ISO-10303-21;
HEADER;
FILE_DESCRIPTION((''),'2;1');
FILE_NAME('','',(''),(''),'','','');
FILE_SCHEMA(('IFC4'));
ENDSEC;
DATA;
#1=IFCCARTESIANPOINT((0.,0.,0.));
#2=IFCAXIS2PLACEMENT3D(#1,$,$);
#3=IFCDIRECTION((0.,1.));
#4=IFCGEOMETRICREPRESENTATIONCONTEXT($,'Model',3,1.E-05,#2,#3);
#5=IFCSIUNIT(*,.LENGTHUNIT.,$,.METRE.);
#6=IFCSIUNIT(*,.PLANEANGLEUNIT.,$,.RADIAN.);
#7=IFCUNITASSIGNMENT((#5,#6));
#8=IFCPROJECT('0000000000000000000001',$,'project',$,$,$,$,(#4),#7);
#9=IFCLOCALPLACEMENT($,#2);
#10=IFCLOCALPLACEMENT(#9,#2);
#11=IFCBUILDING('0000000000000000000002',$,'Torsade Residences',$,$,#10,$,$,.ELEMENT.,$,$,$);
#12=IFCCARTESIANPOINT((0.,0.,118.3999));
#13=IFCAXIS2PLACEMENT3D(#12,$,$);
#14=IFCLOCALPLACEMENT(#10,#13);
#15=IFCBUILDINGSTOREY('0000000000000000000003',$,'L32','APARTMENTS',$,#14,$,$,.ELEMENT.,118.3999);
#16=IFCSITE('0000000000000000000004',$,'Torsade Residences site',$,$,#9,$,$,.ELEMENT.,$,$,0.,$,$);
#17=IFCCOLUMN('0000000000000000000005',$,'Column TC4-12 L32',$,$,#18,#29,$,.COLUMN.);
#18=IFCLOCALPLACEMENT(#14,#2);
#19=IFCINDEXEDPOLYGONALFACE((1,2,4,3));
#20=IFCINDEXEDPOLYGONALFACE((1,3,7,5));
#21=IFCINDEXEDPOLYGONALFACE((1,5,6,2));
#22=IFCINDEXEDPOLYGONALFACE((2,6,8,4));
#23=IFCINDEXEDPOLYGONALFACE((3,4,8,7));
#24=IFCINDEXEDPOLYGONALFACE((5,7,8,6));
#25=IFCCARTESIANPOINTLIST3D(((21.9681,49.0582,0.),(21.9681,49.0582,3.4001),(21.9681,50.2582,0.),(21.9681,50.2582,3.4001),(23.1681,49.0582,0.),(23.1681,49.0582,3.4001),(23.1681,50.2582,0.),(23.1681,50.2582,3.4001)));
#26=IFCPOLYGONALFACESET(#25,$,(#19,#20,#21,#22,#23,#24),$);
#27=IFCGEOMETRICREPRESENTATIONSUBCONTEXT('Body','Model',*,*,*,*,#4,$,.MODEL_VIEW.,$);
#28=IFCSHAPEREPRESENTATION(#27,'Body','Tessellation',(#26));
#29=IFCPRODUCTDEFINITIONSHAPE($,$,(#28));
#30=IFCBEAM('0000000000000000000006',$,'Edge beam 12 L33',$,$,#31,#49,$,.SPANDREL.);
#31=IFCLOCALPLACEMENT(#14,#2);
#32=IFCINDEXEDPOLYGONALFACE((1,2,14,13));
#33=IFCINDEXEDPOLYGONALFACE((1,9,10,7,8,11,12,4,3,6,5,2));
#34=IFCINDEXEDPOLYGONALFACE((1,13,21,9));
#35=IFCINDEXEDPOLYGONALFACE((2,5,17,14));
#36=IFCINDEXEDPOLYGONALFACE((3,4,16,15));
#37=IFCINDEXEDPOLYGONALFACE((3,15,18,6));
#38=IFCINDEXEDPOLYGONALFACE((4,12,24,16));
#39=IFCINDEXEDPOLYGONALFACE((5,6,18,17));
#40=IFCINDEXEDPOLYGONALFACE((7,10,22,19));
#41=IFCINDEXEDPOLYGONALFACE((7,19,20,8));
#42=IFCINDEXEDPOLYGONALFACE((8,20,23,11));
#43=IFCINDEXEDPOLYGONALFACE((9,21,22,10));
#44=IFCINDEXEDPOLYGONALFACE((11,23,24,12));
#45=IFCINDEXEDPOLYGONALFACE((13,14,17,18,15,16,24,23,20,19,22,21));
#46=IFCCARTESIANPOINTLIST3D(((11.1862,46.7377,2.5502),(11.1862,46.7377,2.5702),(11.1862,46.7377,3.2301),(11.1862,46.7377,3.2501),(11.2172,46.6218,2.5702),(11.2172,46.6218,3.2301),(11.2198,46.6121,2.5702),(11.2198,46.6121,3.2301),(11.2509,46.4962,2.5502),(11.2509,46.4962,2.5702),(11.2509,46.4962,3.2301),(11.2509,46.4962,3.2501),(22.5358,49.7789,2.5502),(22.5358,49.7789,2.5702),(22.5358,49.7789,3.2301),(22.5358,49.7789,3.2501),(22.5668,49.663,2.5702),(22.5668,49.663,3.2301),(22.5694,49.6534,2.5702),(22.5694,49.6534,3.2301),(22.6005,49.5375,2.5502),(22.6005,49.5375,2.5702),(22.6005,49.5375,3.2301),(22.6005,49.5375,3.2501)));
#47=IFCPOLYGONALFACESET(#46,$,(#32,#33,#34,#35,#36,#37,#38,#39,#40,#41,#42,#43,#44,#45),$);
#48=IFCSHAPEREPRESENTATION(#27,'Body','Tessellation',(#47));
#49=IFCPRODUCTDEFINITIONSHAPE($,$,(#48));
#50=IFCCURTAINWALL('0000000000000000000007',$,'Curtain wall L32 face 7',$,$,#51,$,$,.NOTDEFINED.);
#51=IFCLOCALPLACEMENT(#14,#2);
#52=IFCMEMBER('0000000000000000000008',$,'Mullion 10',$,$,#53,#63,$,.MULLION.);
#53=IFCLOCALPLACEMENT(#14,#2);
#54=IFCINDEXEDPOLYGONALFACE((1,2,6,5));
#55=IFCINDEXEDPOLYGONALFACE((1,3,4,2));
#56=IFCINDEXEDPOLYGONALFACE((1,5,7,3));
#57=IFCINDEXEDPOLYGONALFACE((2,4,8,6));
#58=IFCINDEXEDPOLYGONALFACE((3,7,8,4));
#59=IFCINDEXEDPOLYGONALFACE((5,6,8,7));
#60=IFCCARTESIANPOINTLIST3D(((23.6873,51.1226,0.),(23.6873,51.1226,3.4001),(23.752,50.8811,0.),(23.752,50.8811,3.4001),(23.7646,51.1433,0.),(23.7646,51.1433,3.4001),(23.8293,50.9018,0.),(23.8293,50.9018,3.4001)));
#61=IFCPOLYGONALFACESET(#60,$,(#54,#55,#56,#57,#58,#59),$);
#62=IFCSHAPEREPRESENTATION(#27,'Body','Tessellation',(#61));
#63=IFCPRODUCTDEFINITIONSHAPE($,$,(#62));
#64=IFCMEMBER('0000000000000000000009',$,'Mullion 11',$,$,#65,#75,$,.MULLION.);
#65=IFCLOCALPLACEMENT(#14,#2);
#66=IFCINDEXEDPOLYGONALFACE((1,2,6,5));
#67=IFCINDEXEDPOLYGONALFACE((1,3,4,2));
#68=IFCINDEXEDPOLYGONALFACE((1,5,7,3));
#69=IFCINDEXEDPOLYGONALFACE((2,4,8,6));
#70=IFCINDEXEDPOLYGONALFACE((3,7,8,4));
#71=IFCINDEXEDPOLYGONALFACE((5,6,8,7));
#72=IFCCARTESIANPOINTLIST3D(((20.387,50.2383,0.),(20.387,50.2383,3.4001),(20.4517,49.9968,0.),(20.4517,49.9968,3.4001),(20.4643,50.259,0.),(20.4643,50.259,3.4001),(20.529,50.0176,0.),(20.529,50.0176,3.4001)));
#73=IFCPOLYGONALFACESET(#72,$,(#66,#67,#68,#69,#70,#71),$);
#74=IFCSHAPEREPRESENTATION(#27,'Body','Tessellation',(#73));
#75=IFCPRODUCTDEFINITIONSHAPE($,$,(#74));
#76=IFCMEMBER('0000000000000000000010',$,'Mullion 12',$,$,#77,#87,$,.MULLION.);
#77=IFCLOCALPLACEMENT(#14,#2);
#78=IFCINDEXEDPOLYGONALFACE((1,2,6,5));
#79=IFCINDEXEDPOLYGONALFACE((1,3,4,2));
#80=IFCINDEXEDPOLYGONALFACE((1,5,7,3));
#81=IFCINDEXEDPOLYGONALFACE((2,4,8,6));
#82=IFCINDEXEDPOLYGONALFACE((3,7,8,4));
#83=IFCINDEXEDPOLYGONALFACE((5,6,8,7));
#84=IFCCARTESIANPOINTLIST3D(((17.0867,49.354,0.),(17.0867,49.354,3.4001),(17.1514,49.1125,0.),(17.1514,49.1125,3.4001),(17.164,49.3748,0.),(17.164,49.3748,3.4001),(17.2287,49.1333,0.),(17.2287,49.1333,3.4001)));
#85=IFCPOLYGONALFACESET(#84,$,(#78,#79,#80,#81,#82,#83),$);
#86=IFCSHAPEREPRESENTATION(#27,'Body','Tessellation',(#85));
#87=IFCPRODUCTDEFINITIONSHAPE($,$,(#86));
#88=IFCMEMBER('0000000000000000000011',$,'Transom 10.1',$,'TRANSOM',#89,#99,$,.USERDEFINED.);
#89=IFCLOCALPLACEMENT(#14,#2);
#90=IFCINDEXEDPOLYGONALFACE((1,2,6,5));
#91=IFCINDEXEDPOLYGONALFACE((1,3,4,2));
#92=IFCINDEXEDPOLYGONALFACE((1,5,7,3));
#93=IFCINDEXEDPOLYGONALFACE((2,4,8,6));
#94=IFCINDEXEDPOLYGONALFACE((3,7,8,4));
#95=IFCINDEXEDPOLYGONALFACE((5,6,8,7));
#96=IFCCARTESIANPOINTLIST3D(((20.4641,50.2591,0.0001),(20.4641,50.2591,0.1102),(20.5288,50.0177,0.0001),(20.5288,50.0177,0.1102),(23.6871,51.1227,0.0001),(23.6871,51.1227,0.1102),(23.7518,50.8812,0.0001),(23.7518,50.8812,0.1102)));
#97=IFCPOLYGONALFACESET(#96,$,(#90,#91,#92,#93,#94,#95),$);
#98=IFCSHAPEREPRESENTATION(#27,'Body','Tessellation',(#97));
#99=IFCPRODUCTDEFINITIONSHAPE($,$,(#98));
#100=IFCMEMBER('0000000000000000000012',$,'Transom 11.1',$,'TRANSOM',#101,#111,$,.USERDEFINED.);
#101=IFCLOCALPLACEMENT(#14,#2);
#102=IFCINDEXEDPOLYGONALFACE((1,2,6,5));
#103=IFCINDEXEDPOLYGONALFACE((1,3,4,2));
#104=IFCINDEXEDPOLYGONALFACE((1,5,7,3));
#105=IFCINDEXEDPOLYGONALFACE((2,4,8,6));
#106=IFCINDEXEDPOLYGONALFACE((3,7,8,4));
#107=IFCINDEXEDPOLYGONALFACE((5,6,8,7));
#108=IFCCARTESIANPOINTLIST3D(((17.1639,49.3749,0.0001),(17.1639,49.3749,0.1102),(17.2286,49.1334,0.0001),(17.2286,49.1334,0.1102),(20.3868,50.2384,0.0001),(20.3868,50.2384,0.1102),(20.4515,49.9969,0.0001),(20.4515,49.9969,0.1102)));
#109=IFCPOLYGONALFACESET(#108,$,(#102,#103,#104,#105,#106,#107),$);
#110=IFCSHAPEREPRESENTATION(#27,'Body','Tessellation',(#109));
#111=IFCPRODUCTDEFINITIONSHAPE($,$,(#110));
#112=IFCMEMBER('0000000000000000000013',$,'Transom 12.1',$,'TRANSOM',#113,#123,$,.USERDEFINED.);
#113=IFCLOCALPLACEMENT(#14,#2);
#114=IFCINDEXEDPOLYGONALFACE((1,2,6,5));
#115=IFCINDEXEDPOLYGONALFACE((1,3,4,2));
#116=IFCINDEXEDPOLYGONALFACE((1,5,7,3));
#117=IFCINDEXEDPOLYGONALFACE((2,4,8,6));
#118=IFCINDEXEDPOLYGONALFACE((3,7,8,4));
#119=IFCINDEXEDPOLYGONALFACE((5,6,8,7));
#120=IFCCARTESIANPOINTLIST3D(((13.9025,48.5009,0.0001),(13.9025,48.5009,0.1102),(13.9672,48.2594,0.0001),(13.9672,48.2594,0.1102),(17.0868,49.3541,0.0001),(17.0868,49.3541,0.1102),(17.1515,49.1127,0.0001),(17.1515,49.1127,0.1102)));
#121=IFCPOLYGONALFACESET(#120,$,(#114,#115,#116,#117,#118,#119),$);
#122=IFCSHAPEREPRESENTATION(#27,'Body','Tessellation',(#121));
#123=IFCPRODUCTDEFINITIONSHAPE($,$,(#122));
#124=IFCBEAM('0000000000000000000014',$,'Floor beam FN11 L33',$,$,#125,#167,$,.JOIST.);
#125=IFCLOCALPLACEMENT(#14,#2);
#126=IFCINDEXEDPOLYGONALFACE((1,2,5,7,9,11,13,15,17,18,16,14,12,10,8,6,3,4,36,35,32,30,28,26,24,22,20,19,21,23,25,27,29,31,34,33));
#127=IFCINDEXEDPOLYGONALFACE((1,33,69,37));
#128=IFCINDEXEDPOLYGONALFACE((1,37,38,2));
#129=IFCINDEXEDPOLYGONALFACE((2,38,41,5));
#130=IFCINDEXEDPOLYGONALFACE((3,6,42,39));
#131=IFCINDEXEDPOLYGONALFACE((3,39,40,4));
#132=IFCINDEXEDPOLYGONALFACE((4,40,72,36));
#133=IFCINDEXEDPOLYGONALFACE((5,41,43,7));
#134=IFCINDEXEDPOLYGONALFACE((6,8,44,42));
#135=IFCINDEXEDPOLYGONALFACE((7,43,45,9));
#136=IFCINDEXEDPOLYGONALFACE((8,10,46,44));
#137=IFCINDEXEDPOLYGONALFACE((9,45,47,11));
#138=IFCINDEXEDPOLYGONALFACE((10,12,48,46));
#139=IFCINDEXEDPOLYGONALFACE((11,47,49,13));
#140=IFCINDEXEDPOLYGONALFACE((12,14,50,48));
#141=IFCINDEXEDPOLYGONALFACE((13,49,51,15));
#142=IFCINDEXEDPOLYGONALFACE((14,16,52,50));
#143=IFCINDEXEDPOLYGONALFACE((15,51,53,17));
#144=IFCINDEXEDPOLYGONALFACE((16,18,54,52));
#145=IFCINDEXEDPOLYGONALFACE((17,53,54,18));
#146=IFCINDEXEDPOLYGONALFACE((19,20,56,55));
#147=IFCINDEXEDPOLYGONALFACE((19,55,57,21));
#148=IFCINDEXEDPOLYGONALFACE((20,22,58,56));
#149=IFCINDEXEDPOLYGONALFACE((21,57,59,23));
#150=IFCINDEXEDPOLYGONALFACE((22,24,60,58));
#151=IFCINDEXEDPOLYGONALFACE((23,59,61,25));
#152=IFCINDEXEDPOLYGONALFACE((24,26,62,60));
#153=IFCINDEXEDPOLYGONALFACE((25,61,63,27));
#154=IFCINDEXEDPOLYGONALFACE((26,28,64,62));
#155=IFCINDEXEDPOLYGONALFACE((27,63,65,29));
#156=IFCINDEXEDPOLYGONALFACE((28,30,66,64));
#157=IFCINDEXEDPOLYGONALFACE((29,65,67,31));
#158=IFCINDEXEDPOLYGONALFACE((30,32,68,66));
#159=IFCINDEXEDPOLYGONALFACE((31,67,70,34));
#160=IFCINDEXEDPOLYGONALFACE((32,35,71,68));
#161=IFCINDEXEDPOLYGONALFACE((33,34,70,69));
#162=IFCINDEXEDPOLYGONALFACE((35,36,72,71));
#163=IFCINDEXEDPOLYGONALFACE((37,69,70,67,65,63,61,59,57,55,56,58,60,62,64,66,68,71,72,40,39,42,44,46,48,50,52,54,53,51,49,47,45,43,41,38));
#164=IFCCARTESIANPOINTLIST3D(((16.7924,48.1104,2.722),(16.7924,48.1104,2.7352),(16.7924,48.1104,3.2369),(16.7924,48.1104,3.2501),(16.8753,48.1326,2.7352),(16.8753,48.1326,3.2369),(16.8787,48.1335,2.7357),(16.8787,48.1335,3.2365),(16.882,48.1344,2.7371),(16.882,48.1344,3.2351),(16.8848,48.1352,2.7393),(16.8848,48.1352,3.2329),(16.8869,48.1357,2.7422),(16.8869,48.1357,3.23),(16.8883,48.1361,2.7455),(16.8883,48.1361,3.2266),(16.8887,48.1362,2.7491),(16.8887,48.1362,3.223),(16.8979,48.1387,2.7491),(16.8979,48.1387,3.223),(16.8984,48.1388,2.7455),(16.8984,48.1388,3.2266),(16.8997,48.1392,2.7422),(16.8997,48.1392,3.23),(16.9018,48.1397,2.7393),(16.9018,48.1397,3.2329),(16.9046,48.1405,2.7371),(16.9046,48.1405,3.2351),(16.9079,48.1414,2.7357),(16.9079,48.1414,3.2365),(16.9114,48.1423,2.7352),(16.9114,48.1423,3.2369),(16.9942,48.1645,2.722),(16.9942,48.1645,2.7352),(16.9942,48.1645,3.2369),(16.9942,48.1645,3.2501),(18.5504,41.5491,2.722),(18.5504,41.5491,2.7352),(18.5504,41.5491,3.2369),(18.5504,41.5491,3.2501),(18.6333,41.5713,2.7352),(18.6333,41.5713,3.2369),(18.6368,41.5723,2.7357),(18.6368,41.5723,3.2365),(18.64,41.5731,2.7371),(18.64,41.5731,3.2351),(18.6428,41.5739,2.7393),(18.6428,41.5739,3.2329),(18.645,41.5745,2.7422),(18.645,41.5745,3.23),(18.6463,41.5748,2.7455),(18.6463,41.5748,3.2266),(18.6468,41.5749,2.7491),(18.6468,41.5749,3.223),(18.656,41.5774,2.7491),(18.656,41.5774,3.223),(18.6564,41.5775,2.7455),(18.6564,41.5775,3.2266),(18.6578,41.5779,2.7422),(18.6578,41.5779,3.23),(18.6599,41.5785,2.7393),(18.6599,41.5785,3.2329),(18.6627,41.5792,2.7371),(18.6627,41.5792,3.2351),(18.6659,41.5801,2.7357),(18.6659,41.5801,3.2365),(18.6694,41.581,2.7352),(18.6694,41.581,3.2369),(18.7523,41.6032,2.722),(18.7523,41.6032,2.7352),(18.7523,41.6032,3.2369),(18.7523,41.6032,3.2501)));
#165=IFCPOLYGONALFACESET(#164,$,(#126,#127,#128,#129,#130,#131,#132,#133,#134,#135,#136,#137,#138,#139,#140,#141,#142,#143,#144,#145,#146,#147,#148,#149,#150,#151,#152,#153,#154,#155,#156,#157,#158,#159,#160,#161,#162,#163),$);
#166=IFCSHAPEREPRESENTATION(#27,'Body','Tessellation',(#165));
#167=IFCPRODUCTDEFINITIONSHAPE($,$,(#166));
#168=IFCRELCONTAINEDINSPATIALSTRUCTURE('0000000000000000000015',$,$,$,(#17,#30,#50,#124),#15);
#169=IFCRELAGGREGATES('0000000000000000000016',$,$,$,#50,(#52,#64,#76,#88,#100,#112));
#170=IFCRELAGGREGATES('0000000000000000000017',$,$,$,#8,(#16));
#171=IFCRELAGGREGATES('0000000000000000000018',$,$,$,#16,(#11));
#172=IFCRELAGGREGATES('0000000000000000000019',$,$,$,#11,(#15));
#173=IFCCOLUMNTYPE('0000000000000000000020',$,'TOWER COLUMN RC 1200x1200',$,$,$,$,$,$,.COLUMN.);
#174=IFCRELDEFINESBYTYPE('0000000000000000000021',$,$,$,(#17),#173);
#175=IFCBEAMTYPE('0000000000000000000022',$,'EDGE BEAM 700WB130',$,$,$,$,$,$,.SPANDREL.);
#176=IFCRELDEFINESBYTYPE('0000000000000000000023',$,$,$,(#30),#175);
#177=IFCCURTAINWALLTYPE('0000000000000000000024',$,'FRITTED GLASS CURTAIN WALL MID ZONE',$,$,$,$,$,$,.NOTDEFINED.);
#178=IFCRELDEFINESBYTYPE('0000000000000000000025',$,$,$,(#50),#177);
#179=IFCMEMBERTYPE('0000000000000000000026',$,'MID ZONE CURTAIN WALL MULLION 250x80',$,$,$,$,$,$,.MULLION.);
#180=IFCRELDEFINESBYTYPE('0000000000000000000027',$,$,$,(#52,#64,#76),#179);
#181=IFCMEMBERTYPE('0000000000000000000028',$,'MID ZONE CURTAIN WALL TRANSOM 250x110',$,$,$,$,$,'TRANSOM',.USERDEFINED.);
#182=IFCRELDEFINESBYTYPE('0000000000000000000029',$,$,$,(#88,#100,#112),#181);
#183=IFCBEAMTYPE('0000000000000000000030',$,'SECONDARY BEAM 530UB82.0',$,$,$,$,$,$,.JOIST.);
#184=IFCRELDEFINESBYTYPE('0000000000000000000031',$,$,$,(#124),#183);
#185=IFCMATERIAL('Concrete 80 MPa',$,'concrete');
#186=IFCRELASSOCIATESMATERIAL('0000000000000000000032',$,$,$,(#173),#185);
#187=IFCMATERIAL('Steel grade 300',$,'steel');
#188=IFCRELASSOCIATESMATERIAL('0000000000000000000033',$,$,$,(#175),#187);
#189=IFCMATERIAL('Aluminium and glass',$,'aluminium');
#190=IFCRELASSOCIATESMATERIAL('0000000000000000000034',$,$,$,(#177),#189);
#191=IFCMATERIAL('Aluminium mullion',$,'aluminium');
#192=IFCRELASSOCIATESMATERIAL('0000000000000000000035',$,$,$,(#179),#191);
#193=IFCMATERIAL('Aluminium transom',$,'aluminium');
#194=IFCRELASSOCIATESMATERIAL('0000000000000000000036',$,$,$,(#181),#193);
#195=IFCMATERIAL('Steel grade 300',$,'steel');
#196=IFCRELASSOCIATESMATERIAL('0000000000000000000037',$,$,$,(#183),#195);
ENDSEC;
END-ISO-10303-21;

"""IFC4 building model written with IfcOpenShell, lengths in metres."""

from ifc_helpers import new_model, si_unit, direction, frame, origin, origin_2d, place, context, subcontext, project, spatial, rectangle, i_section, extrude, material, material_profile, profile_set, type_object, element, aggregate, save


model = new_model("IFC4")

# Units and contexts
model_context = context("Model", 3, precision=1e-05, world=origin(), true_north=direction((0.0, 1.0)))
body_context = subcontext(model_context, "Body", "Model", "MODEL_VIEW")
ifc_project = project(units=[si_unit("LENGTHUNIT", "METRE"), si_unit("PLANEANGLEUNIT", "RADIAN")], contexts=[model_context])

# Site, building, storey
site_placement = place(None, origin())
site = spatial("IfcSite", under=ifc_project, at=site_placement, Name="Torsade Residences site", CompositionType="ELEMENT", RefElevation=0.0)
building_placement = place(site_placement, origin())
building = spatial("IfcBuilding", under=site, at=building_placement, Name="Torsade Residences", CompositionType="ELEMENT")
storey_placement = place(building_placement, frame((0.0, 0.0, 118.3999)))
storey = spatial("IfcBuildingStorey", under=building, at=storey_placement, Name="L32", Description="APARTMENTS", CompositionType="ELEMENT", Elevation=118.3999)

# Column
ifc_material_1 = material(Name="Concrete 80 MPa", Category="concrete")
ifc_material_profile_1 = material_profile(ifc_material_1, rectangle(XDim=1.2, YDim=1.2, at=origin_2d()), Name="RC 1200x1200")
ifc_profile_set_1 = profile_set([ifc_material_profile_1], Name="Concrete 80 MPa")
column_type = type_object("IfcColumnType", Name="TOWER COLUMN RC 1200x1200", PredefinedType="COLUMN", material=ifc_profile_set_1)
column_placement = place(storey_placement, frame((22.5681, 49.6582, 0.0), z_axis=(0.0, 0.0, 1.0), x_axis=(1.0, 0.0, 0.0)))
element("IfcColumn", 1, at=column_placement, inside=storey, type_object=column_type, Name="Column TC4-12 L32", PredefinedType="COLUMN", context=body_context, shape_type="SweptSolid", body=[
    extrude(rectangle(XDim=1.2, YDim=1.2, at=origin_2d()), origin(), (0.0, 0.0, 1.0), 3.4001),
])

# Beam
ifc_material_2 = material(Name="Steel grade 300", Category="steel")
ifc_material_profile_2 = material_profile(ifc_material_2, i_section(OverallWidth=0.25, OverallDepth=0.7, WebThickness=0.01, FlangeThickness=0.02, at=origin_2d()), Name="700WB130")
ifc_profile_set_2 = profile_set([ifc_material_profile_2], Name="Steel grade 300")
beam_type_1 = type_object("IfcBeamType", Name="EDGE BEAM 700WB130", PredefinedType="SPANDREL", material=ifc_profile_set_2)
beam_1_placement = place(storey_placement, frame((22.5681, 49.6582, 2.9001), z_axis=(-0.965923, -0.25883, 0.0), x_axis=(0.25883, -0.965923, 0.0)))
element("IfcBeam", 2, at=beam_1_placement, inside=storey, type_object=beam_type_1, Name="Edge beam 12 L33", PredefinedType="SPANDREL", context=body_context, shape_type="SweptSolid", body=[
    extrude(i_section(OverallWidth=0.25, OverallDepth=0.7, WebThickness=0.01, FlangeThickness=0.02, at=origin_2d()), origin(), (0.0, 0.0, 1.0), 11.75),
])

# Curtain wall, members
ifc_material_3 = material(Name="Aluminium and glass", Category="aluminium")
curtain_wall_type = type_object("IfcCurtainWallType", Name="FRITTED GLASS CURTAIN WALL MID ZONE", PredefinedType="NOTDEFINED", material=ifc_material_3)
curtain_wall_placement = place(storey_placement, origin())
curtain_wall = element("IfcCurtainWall", 3, at=curtain_wall_placement, inside=storey, type_object=curtain_wall_type, Name="Curtain wall L32 face 7", PredefinedType="NOTDEFINED")
ifc_material_4 = material(Name="Aluminium mullion", Category="aluminium")
ifc_material_profile_3 = material_profile(ifc_material_4, rectangle(XDim=0.25, YDim=0.0801, at=origin_2d()), Name="MID ZONE CURTAIN WALL MULLION 250x80")
ifc_profile_set_3 = profile_set([ifc_material_profile_3], Name="Aluminium mullion")
member_type_1 = type_object("IfcMemberType", Name="MID ZONE CURTAIN WALL MULLION 250x80", PredefinedType="MULLION", material=ifc_profile_set_3)
member_1_placement = place(storey_placement, frame((23.7583, 51.0122, 0.0), z_axis=(0.0, 0.0, 1.0), x_axis=(0.258819, -0.965926, 0.0)))
member_1 = element("IfcMember", 4, at=member_1_placement, type_object=member_type_1, Name="Mullion 10", PredefinedType="MULLION", context=body_context, shape_type="SweptSolid", body=[
    extrude(rectangle(XDim=0.25, YDim=0.0801, at=origin_2d()), origin(), (0.0, 0.0, 1.0), 3.4001),
])
member_2_placement = place(storey_placement, frame((20.458, 50.1279, 0.0), z_axis=(0.0, 0.0, 1.0), x_axis=(0.258819, -0.965926, 0.0)))
member_2 = element("IfcMember", 5, at=member_2_placement, type_object=member_type_1, Name="Mullion 11", PredefinedType="MULLION", context=body_context, shape_type="SweptSolid", body=[
    extrude(rectangle(XDim=0.25, YDim=0.0801, at=origin_2d()), origin(), (0.0, 0.0, 1.0), 3.4001),
])
member_3_placement = place(storey_placement, frame((17.1577, 49.2437, 0.0), z_axis=(0.0, 0.0, 1.0), x_axis=(0.258819, -0.965926, 0.0)))
member_3 = element("IfcMember", 6, at=member_3_placement, type_object=member_type_1, Name="Mullion 12", PredefinedType="MULLION", context=body_context, shape_type="SweptSolid", body=[
    extrude(rectangle(XDim=0.25, YDim=0.0801, at=origin_2d()), origin(), (0.0, 0.0, 1.0), 3.4001),
])
ifc_material_5 = material(Name="Aluminium transom", Category="aluminium")
ifc_material_profile_4 = material_profile(ifc_material_5, rectangle(XDim=0.25, YDim=0.1101, at=origin_2d()), Name="MID ZONE CURTAIN WALL TRANSOM 250x110")
ifc_profile_set_4 = profile_set([ifc_material_profile_4], Name="Aluminium transom")
member_type_2 = type_object("IfcMemberType", Name="MID ZONE CURTAIN WALL TRANSOM 250x110", ElementType="TRANSOM", PredefinedType="USERDEFINED", material=ifc_profile_set_4)
member_4_placement = place(storey_placement, frame((23.7195, 51.002, 0.0552), z_axis=(-0.965929, -0.258806, 0.0), x_axis=(0.258806, -0.965929, 0.0)))
member_4 = element("IfcMember", 7, at=member_4_placement, type_object=member_type_2, Name="Transom 10.1", ObjectType="TRANSOM", PredefinedType="USERDEFINED", context=body_context, shape_type="SweptSolid", body=[
    extrude(rectangle(XDim=0.25, YDim=0.1101, at=origin_2d()), origin(), (0.0, 0.0, 1.0), 3.3367),
])
member_5_placement = place(storey_placement, frame((20.4192, 50.1177, 0.0552), z_axis=(-0.965929, -0.258806, 0.0), x_axis=(0.258806, -0.965929, 0.0)))
member_5 = element("IfcMember", 8, at=member_5_placement, type_object=member_type_2, Name="Transom 11.1", ObjectType="TRANSOM", PredefinedType="USERDEFINED", context=body_context, shape_type="SweptSolid", body=[
    extrude(rectangle(XDim=0.25, YDim=0.1101, at=origin_2d()), origin(), (0.0, 0.0, 1.0), 3.3367),
])
member_6_placement = place(storey_placement, frame((17.1191, 49.2334, 0.0552), z_axis=(-0.965923, -0.258829, 0.0), x_axis=(0.258829, -0.965923, 0.0)))
member_6 = element("IfcMember", 9, at=member_6_placement, type_object=member_type_2, Name="Transom 12.1", ObjectType="TRANSOM", PredefinedType="USERDEFINED", context=body_context, shape_type="SweptSolid", body=[
    extrude(rectangle(XDim=0.25, YDim=0.1101, at=origin_2d()), origin(), (0.0, 0.0, 1.0), 3.2966),
])

# Beam
ifc_material_6 = material(Name="Steel grade 300", Category="steel")
ifc_material_profile_5 = material_profile(ifc_material_6, i_section(OverallWidth=0.209, OverallDepth=0.5281, WebThickness=0.0095, FlangeThickness=0.0132, FilletRadius=0.0139, at=origin_2d()), Name="530UB82.0")
ifc_profile_set_5 = profile_set([ifc_material_profile_5], Name="Steel grade 300")
beam_type_2 = type_object("IfcBeamType", Name="SECONDARY BEAM 530UB82.0", PredefinedType="JOIST", material=ifc_profile_set_5)
beam_2_placement = place(storey_placement, frame((16.8933, 48.1375, 2.9861), z_axis=(0.258815, -0.965927, 0.0), x_axis=(0.965927, 0.258815, 0.0)))
element("IfcBeam", 10, at=beam_2_placement, inside=storey, type_object=beam_type_2, Name="Floor beam FN11 L33", PredefinedType="JOIST", context=body_context, shape_type="SweptSolid", body=[
    extrude(i_section(OverallWidth=0.209, OverallDepth=0.5281, WebThickness=0.0095, FlangeThickness=0.0132, FilletRadius=0.0139, at=origin_2d()), origin(), (0.0, 0.0, 1.0), 6.7927),
])

aggregate(curtain_wall, [member_1, member_2, member_3, member_4, member_5, member_6])

save(model, "model.ifc")
